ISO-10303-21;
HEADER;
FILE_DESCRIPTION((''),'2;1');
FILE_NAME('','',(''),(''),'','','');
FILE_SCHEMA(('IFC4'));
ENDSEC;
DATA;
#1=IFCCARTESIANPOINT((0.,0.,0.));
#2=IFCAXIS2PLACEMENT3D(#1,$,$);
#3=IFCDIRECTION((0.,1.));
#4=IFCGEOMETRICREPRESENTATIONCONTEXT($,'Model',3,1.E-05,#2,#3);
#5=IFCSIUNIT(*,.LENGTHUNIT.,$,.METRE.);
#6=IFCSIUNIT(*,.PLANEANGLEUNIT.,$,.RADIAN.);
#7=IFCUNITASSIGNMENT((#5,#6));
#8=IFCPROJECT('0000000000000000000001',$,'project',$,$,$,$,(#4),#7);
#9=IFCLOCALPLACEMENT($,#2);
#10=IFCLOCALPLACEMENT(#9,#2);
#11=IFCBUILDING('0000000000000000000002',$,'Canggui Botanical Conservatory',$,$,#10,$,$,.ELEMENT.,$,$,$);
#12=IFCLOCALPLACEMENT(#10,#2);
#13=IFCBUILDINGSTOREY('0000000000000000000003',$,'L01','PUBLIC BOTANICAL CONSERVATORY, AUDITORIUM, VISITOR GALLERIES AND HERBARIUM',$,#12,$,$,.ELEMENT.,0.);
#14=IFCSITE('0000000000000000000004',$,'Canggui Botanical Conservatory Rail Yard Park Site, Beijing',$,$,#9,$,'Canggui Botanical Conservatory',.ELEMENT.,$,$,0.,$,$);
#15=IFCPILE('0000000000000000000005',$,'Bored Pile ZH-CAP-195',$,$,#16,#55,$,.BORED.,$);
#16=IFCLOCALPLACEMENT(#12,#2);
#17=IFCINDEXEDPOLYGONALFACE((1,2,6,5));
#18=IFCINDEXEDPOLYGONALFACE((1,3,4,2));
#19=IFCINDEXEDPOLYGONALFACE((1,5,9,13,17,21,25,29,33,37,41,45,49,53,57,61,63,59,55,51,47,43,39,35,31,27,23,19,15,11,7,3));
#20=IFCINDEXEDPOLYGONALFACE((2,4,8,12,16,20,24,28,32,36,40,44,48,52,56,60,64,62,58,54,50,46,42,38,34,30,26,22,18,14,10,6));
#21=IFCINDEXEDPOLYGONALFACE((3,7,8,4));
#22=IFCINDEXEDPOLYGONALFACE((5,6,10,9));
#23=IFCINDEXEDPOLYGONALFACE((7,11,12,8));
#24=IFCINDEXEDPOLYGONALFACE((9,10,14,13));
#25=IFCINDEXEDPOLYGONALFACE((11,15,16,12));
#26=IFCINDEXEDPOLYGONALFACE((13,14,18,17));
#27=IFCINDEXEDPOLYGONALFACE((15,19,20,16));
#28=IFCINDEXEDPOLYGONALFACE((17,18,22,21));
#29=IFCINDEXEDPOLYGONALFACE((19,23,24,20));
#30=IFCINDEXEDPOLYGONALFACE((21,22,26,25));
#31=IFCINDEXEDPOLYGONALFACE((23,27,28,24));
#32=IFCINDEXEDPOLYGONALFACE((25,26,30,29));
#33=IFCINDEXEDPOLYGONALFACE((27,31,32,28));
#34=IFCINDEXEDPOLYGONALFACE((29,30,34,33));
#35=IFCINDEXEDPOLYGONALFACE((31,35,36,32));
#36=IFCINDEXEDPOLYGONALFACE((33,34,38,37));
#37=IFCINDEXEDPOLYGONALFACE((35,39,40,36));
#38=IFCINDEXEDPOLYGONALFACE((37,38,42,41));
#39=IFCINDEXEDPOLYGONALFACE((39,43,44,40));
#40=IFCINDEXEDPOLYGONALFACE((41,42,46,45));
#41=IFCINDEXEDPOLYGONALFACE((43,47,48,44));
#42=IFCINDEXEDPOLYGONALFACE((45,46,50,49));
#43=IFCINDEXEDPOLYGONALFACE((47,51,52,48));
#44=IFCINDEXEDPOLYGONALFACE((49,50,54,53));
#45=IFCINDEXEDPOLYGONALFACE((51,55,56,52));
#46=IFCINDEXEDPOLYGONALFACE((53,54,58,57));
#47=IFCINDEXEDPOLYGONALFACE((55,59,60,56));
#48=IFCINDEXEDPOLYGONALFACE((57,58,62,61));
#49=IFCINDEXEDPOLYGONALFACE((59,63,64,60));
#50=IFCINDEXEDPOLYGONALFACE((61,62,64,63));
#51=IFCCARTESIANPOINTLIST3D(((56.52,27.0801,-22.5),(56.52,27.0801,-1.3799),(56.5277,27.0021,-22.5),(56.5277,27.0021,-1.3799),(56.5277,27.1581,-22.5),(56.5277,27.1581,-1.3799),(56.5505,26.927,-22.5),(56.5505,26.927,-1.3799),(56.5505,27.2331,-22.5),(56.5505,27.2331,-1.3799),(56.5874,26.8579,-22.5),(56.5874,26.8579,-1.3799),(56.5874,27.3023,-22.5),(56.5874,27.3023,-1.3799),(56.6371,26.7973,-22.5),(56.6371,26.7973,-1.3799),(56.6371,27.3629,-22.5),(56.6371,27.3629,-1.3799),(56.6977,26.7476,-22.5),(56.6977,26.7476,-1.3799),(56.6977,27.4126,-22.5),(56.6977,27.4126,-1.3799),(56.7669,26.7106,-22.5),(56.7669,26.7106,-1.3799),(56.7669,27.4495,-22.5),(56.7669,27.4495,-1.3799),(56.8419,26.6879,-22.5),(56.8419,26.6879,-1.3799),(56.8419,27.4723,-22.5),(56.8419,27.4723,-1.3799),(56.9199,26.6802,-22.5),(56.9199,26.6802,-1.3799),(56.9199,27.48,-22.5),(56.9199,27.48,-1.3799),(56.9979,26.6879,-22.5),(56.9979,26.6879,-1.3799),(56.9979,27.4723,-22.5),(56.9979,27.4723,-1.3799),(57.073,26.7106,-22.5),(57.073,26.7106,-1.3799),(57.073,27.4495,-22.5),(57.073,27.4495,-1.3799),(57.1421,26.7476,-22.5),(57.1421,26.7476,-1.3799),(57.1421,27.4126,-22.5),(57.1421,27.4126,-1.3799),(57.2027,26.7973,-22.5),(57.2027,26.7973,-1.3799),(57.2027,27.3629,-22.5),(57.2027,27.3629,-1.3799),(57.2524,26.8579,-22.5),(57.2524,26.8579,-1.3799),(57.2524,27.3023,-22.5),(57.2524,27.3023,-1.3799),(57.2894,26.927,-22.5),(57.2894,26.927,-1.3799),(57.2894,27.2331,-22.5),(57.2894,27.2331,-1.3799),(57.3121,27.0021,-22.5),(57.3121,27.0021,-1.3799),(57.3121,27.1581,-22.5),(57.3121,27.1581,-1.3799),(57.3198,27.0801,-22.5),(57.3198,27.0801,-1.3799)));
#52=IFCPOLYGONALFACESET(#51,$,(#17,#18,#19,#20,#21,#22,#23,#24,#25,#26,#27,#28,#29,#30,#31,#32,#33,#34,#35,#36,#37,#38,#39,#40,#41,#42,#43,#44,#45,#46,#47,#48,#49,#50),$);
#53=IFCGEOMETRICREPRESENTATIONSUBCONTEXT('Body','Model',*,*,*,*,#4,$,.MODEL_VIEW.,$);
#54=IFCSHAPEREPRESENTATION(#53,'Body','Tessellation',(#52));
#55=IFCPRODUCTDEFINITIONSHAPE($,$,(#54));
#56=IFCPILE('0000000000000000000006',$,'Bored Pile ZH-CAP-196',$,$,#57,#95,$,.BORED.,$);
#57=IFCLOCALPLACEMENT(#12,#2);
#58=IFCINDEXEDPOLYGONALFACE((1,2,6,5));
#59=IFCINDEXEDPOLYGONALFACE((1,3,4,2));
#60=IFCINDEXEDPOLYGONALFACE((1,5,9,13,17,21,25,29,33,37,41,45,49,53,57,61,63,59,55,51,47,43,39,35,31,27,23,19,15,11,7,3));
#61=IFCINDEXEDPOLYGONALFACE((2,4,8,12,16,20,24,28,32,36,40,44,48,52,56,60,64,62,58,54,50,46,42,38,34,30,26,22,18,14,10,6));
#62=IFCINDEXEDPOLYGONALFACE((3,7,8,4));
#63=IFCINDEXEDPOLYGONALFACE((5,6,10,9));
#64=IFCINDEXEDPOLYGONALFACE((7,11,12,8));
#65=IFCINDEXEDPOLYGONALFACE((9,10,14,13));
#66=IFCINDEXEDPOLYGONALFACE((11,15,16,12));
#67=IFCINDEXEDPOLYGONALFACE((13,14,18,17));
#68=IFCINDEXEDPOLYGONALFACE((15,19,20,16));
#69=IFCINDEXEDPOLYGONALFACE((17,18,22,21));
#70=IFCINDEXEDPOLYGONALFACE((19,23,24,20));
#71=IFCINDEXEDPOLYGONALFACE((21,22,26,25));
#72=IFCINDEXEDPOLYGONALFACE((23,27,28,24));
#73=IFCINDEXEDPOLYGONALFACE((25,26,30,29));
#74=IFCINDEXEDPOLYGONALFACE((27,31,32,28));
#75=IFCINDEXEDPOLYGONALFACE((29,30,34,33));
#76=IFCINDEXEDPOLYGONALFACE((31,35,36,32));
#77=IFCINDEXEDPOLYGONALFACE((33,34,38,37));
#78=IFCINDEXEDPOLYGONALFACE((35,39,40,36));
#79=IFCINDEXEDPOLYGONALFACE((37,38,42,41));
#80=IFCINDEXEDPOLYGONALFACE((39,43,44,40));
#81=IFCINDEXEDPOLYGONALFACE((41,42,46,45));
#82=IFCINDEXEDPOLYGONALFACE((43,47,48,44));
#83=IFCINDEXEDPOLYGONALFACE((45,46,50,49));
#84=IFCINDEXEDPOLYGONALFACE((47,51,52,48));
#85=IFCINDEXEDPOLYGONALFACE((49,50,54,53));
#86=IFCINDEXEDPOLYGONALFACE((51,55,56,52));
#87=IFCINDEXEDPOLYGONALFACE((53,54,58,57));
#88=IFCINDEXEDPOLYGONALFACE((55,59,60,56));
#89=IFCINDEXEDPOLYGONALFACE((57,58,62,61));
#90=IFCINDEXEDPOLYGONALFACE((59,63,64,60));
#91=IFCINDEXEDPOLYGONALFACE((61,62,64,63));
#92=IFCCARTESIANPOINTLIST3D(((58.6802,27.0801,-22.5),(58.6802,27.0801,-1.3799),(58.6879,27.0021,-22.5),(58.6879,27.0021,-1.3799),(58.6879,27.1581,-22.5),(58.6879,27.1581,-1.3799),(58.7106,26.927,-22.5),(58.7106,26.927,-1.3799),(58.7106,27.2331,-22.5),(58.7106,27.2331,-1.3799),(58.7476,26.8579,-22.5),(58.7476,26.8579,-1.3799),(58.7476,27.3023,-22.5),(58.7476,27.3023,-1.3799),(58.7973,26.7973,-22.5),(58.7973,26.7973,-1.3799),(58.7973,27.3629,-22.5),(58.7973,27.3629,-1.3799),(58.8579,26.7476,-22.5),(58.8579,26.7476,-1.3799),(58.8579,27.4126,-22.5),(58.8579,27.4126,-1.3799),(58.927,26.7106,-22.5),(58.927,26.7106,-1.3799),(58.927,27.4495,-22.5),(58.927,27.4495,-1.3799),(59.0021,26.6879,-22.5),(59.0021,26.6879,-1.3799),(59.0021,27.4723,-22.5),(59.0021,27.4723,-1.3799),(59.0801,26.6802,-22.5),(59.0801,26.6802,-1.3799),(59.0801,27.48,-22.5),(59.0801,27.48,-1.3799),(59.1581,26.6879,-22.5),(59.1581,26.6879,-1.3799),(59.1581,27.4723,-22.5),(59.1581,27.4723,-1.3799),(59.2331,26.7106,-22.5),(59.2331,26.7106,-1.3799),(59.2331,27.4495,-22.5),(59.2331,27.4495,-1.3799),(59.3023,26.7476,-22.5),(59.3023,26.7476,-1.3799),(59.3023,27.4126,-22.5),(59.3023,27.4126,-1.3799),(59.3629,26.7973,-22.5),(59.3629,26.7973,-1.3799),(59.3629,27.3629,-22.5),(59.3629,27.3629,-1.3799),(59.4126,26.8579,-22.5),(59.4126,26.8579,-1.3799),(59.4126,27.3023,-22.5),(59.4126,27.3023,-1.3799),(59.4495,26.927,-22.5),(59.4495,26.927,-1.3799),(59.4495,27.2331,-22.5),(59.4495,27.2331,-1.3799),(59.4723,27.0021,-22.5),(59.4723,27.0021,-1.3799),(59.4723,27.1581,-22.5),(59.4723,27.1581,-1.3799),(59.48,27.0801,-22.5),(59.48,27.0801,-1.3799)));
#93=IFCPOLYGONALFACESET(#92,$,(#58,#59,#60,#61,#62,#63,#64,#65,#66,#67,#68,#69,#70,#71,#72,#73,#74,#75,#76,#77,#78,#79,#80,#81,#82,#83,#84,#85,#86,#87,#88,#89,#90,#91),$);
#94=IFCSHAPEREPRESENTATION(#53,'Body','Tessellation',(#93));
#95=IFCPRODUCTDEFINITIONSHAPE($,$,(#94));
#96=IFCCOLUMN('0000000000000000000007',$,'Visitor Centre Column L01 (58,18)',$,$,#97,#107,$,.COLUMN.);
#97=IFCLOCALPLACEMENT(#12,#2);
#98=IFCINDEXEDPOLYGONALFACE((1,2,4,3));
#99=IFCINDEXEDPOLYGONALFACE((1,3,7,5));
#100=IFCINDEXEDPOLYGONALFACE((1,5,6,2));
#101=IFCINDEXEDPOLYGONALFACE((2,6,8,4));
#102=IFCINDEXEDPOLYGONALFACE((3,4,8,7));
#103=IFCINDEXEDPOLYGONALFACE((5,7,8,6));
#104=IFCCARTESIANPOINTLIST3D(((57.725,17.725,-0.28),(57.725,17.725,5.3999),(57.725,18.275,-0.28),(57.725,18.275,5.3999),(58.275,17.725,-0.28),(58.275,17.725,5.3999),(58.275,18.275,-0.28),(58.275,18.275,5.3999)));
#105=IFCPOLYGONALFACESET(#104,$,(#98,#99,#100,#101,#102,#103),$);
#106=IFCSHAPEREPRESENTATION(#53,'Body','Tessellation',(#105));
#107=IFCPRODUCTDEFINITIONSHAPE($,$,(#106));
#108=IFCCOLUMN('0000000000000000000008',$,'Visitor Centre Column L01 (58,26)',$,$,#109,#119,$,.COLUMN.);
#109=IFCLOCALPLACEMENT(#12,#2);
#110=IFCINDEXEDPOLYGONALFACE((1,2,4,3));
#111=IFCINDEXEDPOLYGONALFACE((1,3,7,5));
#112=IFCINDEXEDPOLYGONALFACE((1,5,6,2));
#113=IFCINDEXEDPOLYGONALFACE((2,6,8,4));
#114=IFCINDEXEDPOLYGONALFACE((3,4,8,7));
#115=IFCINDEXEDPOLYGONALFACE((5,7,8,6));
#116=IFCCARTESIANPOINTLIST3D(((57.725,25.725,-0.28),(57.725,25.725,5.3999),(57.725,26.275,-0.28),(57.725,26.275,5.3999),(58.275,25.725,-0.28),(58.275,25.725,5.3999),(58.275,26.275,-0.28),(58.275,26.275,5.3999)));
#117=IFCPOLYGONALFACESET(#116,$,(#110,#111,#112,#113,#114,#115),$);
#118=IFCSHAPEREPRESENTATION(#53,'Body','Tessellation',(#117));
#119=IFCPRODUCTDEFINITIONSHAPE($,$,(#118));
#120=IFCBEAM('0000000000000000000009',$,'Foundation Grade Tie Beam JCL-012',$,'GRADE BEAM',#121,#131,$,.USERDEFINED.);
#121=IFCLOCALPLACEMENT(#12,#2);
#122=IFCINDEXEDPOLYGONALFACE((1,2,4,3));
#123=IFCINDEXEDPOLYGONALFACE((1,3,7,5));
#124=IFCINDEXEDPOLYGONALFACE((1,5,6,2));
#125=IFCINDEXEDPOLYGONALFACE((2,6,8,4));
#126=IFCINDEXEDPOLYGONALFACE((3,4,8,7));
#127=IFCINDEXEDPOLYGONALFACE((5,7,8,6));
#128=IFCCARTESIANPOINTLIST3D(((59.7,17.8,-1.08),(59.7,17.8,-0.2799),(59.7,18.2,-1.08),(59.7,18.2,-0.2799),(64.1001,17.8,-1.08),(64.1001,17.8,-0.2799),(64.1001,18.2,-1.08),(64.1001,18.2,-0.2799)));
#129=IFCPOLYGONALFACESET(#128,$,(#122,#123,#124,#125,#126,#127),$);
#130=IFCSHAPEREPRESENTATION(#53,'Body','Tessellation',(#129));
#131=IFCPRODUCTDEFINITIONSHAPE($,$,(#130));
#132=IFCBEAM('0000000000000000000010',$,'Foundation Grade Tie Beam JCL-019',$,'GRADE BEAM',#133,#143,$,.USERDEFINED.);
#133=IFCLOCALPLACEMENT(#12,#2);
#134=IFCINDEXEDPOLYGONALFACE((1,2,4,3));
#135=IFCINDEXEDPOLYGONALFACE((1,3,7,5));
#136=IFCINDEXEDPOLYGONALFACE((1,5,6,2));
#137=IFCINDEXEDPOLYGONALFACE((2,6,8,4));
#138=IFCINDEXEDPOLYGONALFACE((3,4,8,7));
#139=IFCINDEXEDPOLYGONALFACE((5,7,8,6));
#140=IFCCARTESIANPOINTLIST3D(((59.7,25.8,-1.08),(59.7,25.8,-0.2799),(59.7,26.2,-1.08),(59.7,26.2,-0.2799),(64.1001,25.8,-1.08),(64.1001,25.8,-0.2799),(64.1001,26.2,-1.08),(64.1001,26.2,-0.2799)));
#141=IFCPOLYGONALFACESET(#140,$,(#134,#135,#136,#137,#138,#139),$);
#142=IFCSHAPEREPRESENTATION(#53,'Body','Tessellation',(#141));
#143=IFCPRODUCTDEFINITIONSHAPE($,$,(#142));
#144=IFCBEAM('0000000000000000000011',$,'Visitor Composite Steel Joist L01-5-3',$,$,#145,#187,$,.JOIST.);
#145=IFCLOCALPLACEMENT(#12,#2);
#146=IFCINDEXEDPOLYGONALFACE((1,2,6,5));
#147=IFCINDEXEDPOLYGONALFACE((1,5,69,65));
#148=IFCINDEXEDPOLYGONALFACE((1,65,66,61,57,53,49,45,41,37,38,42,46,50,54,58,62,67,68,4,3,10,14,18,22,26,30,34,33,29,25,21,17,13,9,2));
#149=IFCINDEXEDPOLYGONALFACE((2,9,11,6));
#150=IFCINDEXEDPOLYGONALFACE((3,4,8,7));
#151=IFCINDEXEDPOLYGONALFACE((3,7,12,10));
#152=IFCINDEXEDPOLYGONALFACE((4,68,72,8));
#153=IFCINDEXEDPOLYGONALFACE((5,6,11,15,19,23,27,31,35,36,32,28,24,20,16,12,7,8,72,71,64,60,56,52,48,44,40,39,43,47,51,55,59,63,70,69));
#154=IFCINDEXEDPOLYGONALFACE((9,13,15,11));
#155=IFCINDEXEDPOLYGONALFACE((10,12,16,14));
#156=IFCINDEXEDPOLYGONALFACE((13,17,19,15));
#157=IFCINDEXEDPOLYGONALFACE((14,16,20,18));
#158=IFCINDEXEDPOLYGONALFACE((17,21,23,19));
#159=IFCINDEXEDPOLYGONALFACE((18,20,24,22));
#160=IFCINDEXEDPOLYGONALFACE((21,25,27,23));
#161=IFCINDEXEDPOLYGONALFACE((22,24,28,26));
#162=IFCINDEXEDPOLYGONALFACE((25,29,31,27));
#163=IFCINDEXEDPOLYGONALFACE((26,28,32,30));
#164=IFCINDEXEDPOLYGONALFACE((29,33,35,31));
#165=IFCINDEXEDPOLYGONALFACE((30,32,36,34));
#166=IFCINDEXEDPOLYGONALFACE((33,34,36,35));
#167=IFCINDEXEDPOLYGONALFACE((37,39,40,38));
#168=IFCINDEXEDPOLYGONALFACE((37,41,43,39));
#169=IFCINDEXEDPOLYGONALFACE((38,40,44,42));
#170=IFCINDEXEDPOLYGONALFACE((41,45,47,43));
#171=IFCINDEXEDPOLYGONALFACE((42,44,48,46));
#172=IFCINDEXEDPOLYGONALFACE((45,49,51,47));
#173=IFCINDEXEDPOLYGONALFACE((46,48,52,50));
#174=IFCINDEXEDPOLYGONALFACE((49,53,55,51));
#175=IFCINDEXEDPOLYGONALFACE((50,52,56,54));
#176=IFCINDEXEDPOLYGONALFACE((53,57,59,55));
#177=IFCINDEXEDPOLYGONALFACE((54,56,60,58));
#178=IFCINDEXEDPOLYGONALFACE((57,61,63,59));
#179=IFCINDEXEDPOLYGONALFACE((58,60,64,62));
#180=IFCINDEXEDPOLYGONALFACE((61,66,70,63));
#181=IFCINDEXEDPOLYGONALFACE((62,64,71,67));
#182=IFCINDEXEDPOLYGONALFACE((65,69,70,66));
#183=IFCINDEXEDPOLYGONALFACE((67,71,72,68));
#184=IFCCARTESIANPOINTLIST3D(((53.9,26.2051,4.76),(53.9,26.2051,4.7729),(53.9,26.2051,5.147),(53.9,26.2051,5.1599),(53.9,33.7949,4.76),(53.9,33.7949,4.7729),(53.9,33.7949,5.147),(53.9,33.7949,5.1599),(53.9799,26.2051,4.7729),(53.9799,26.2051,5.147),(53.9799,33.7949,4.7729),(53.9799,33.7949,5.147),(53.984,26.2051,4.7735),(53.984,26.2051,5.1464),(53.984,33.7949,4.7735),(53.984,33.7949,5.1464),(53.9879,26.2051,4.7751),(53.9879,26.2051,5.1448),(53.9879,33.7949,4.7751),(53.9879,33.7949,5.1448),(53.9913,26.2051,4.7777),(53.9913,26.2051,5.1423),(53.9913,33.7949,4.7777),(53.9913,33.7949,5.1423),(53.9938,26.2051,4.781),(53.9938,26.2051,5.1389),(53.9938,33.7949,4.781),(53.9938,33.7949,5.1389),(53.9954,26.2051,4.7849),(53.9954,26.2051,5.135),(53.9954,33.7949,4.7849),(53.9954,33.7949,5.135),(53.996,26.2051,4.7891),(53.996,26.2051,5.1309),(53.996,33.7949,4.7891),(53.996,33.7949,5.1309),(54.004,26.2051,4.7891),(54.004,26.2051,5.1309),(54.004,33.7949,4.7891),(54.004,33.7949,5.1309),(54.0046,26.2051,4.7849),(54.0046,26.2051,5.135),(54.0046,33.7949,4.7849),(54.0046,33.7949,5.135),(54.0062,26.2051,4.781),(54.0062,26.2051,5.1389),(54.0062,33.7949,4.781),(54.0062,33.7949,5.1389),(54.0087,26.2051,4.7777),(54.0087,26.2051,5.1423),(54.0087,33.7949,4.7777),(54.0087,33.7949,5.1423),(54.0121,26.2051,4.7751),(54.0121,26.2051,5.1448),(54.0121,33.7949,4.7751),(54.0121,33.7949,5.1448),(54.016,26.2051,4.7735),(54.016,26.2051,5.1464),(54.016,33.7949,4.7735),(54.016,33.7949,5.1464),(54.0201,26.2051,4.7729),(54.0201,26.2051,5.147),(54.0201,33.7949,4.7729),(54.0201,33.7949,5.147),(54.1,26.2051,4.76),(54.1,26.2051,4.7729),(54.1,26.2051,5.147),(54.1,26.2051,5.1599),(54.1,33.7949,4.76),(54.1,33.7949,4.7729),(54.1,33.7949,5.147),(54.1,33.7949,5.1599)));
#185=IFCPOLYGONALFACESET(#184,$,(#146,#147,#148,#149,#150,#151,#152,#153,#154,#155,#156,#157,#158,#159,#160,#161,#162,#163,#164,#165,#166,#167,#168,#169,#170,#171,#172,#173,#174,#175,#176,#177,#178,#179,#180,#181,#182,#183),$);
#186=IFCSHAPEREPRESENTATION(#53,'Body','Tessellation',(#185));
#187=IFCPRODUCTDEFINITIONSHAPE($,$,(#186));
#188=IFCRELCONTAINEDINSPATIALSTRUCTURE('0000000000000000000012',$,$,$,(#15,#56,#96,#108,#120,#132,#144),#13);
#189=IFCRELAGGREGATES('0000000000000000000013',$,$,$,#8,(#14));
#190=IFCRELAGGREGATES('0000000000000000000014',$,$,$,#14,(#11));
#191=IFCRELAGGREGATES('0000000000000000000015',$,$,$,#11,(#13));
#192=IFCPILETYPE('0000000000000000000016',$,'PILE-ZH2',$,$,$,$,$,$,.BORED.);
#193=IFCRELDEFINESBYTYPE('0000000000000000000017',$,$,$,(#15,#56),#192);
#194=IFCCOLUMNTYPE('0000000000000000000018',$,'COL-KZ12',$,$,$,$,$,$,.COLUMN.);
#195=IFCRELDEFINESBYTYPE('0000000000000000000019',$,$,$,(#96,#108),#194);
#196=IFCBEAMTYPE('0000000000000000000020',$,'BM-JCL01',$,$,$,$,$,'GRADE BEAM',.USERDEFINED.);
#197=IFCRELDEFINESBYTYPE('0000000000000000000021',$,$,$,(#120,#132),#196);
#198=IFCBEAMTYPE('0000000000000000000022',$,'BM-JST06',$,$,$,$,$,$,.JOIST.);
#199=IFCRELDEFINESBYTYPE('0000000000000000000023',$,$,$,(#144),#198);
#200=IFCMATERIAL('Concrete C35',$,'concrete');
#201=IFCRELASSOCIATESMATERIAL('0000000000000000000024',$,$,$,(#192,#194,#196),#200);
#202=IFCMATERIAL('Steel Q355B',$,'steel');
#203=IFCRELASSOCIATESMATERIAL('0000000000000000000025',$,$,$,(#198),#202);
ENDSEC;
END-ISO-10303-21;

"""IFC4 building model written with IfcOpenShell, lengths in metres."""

from ifc_helpers import new_model, si_unit, direction, frame, origin, origin_2d, place, context, subcontext, project, spatial, rectangle, circle, i_section, extrude, material, material_profile, profile_set, type_object, element, save


model = new_model("IFC4")

# Units and contexts
model_context = context("Model", 3, precision=1e-05, world=origin(), true_north=direction((0.0, 1.0)))
body_context = subcontext(model_context, "Body", "Model", "MODEL_VIEW")
ifc_project = project(units=[si_unit("LENGTHUNIT", "METRE"), si_unit("PLANEANGLEUNIT", "RADIAN")], contexts=[model_context])

# Site, building, storey
site_placement = place(None, origin())
site = spatial("IfcSite", under=ifc_project, at=site_placement, Name="Canggui Botanical Conservatory Rail Yard Park Site, Beijing", LongName="Canggui Botanical Conservatory", CompositionType="ELEMENT", RefElevation=0.0)
building_placement = place(site_placement, origin())
building = spatial("IfcBuilding", under=site, at=building_placement, Name="Canggui Botanical Conservatory", CompositionType="ELEMENT")
storey_placement = place(building_placement, origin())
storey = spatial("IfcBuildingStorey", under=building, at=storey_placement, Name="L01", Description="PUBLIC BOTANICAL CONSERVATORY, AUDITORIUM, VISITOR GALLERIES AND HERBARIUM", CompositionType="ELEMENT", Elevation=0.0)

# Shared definitions
ifc_material_1 = material(Name="Concrete C35", Category="concrete")

# Piles
ifc_material_profile_1 = material_profile(ifc_material_1, circle(Radius=0.3999, at=origin_2d()), Name="PILE D800")
ifc_profile_set_1 = profile_set([ifc_material_profile_1], Name="Concrete C35")
pile_type = type_object("IfcPileType", Name="PILE-ZH2", PredefinedType="BORED", material=ifc_profile_set_1)
for number, where, z_axis, x_axis, name in (
    (1, (56.9199, 27.0801, -1.3799), (0.0, 0.0, -1.0), (1.0, 0.0, 0.0), "Bored Pile ZH-CAP-195"),
    (2, (59.0801, 27.0801, -1.3799), (0.0, 0.0, -1.0), (1.0, 0.0, 0.0), "Bored Pile ZH-CAP-196"),
):
    element("IfcPile", number, at=place(storey_placement, frame(where, z_axis=z_axis, x_axis=x_axis)), inside=storey, type_object=pile_type, Name=name, PredefinedType="BORED", context=body_context, shape_type="SweptSolid", body=[
        extrude(circle(Radius=0.3999, at=origin_2d()), origin(), (0.0, 0.0, 1.0), 21.1201),
    ])

# Columns
ifc_material_profile_2 = material_profile(ifc_material_1, rectangle(XDim=0.55, YDim=0.55, at=origin_2d()), Name="RC 550x550")
ifc_profile_set_2 = profile_set([ifc_material_profile_2], Name="Concrete C35")
column_type = type_object("IfcColumnType", Name="COL-KZ12", PredefinedType="COLUMN", material=ifc_profile_set_2)
for number, where, z_axis, x_axis, name in (
    (3, (58.0, 18.0, -0.28), (0.0, 0.0, 1.0), (1.0, 0.0, 0.0), "Visitor Centre Column L01 (58,18)"),
    (4, (58.0, 26.0, -0.28), (0.0, 0.0, 1.0), (1.0, 0.0, 0.0), "Visitor Centre Column L01 (58,26)"),
):
    element("IfcColumn", number, at=place(storey_placement, frame(where, z_axis=z_axis, x_axis=x_axis)), inside=storey, type_object=column_type, Name=name, PredefinedType="COLUMN", context=body_context, shape_type="SweptSolid", body=[
        extrude(rectangle(XDim=0.55, YDim=0.55, at=origin_2d()), origin(), (0.0, 0.0, 1.0), 5.6799),
    ])

# Beams
ifc_material_profile_3 = material_profile(ifc_material_1, rectangle(XDim=0.3999, YDim=0.8, at=origin_2d()), Name="RB 400x800")
ifc_profile_set_3 = profile_set([ifc_material_profile_3], Name="Concrete C35")
beam_type_1 = type_object("IfcBeamType", Name="BM-JCL01", ElementType="GRADE BEAM", PredefinedType="USERDEFINED", material=ifc_profile_set_3)
for number, where, z_axis, x_axis, name in (
    (5, (59.7, 18.0, -0.6799), (1.0, 0.0, 0.0), (0.0, 1.0, 0.0), "Foundation Grade Tie Beam JCL-012"),
    (6, (59.7, 26.0, -0.6799), (1.0, 0.0, 0.0), (0.0, 1.0, 0.0), "Foundation Grade Tie Beam JCL-019"),
):
    element("IfcBeam", number, at=place(storey_placement, frame(where, z_axis=z_axis, x_axis=x_axis)), inside=storey, type_object=beam_type_1, Name=name, ObjectType="GRADE BEAM", PredefinedType="USERDEFINED", context=body_context, shape_type="SweptSolid", body=[
        extrude(rectangle(XDim=0.3999, YDim=0.8, at=origin_2d()), origin(), (0.0, 0.0, 1.0), 4.4001),
    ])
ifc_material_2 = material(Name="Steel Q355B", Category="steel")
ifc_material_profile_4 = material_profile(ifc_material_2, i_section(OverallWidth=0.2, OverallDepth=0.3999, WebThickness=0.0081, FlangeThickness=0.0129, FilletRadius=0.0161, at=origin_2d()), Name="HN 400x200x8x13")
ifc_profile_set_4 = profile_set([ifc_material_profile_4], Name="Steel Q355B")
beam_type_2 = type_object("IfcBeamType", Name="BM-JST06", PredefinedType="JOIST", material=ifc_profile_set_4)
for number, where, z_axis, x_axis, name in (
    (7, (54.0, 26.2051, 4.96), (0.0, 1.0, 0.0), (-1.0, 0.0, 0.0), "Visitor Composite Steel Joist L01-5-3"),
):
    element("IfcBeam", number, at=place(storey_placement, frame(where, z_axis=z_axis, x_axis=x_axis)), inside=storey, type_object=beam_type_2, Name=name, PredefinedType="JOIST", context=body_context, shape_type="SweptSolid", body=[
        extrude(i_section(OverallWidth=0.2, OverallDepth=0.3999, WebThickness=0.0081, FlangeThickness=0.0129, FilletRadius=0.0161, at=origin_2d()), origin(), (0.0, 0.0, 1.0), 7.5898),
    ])

save(model, "model.ifc")
